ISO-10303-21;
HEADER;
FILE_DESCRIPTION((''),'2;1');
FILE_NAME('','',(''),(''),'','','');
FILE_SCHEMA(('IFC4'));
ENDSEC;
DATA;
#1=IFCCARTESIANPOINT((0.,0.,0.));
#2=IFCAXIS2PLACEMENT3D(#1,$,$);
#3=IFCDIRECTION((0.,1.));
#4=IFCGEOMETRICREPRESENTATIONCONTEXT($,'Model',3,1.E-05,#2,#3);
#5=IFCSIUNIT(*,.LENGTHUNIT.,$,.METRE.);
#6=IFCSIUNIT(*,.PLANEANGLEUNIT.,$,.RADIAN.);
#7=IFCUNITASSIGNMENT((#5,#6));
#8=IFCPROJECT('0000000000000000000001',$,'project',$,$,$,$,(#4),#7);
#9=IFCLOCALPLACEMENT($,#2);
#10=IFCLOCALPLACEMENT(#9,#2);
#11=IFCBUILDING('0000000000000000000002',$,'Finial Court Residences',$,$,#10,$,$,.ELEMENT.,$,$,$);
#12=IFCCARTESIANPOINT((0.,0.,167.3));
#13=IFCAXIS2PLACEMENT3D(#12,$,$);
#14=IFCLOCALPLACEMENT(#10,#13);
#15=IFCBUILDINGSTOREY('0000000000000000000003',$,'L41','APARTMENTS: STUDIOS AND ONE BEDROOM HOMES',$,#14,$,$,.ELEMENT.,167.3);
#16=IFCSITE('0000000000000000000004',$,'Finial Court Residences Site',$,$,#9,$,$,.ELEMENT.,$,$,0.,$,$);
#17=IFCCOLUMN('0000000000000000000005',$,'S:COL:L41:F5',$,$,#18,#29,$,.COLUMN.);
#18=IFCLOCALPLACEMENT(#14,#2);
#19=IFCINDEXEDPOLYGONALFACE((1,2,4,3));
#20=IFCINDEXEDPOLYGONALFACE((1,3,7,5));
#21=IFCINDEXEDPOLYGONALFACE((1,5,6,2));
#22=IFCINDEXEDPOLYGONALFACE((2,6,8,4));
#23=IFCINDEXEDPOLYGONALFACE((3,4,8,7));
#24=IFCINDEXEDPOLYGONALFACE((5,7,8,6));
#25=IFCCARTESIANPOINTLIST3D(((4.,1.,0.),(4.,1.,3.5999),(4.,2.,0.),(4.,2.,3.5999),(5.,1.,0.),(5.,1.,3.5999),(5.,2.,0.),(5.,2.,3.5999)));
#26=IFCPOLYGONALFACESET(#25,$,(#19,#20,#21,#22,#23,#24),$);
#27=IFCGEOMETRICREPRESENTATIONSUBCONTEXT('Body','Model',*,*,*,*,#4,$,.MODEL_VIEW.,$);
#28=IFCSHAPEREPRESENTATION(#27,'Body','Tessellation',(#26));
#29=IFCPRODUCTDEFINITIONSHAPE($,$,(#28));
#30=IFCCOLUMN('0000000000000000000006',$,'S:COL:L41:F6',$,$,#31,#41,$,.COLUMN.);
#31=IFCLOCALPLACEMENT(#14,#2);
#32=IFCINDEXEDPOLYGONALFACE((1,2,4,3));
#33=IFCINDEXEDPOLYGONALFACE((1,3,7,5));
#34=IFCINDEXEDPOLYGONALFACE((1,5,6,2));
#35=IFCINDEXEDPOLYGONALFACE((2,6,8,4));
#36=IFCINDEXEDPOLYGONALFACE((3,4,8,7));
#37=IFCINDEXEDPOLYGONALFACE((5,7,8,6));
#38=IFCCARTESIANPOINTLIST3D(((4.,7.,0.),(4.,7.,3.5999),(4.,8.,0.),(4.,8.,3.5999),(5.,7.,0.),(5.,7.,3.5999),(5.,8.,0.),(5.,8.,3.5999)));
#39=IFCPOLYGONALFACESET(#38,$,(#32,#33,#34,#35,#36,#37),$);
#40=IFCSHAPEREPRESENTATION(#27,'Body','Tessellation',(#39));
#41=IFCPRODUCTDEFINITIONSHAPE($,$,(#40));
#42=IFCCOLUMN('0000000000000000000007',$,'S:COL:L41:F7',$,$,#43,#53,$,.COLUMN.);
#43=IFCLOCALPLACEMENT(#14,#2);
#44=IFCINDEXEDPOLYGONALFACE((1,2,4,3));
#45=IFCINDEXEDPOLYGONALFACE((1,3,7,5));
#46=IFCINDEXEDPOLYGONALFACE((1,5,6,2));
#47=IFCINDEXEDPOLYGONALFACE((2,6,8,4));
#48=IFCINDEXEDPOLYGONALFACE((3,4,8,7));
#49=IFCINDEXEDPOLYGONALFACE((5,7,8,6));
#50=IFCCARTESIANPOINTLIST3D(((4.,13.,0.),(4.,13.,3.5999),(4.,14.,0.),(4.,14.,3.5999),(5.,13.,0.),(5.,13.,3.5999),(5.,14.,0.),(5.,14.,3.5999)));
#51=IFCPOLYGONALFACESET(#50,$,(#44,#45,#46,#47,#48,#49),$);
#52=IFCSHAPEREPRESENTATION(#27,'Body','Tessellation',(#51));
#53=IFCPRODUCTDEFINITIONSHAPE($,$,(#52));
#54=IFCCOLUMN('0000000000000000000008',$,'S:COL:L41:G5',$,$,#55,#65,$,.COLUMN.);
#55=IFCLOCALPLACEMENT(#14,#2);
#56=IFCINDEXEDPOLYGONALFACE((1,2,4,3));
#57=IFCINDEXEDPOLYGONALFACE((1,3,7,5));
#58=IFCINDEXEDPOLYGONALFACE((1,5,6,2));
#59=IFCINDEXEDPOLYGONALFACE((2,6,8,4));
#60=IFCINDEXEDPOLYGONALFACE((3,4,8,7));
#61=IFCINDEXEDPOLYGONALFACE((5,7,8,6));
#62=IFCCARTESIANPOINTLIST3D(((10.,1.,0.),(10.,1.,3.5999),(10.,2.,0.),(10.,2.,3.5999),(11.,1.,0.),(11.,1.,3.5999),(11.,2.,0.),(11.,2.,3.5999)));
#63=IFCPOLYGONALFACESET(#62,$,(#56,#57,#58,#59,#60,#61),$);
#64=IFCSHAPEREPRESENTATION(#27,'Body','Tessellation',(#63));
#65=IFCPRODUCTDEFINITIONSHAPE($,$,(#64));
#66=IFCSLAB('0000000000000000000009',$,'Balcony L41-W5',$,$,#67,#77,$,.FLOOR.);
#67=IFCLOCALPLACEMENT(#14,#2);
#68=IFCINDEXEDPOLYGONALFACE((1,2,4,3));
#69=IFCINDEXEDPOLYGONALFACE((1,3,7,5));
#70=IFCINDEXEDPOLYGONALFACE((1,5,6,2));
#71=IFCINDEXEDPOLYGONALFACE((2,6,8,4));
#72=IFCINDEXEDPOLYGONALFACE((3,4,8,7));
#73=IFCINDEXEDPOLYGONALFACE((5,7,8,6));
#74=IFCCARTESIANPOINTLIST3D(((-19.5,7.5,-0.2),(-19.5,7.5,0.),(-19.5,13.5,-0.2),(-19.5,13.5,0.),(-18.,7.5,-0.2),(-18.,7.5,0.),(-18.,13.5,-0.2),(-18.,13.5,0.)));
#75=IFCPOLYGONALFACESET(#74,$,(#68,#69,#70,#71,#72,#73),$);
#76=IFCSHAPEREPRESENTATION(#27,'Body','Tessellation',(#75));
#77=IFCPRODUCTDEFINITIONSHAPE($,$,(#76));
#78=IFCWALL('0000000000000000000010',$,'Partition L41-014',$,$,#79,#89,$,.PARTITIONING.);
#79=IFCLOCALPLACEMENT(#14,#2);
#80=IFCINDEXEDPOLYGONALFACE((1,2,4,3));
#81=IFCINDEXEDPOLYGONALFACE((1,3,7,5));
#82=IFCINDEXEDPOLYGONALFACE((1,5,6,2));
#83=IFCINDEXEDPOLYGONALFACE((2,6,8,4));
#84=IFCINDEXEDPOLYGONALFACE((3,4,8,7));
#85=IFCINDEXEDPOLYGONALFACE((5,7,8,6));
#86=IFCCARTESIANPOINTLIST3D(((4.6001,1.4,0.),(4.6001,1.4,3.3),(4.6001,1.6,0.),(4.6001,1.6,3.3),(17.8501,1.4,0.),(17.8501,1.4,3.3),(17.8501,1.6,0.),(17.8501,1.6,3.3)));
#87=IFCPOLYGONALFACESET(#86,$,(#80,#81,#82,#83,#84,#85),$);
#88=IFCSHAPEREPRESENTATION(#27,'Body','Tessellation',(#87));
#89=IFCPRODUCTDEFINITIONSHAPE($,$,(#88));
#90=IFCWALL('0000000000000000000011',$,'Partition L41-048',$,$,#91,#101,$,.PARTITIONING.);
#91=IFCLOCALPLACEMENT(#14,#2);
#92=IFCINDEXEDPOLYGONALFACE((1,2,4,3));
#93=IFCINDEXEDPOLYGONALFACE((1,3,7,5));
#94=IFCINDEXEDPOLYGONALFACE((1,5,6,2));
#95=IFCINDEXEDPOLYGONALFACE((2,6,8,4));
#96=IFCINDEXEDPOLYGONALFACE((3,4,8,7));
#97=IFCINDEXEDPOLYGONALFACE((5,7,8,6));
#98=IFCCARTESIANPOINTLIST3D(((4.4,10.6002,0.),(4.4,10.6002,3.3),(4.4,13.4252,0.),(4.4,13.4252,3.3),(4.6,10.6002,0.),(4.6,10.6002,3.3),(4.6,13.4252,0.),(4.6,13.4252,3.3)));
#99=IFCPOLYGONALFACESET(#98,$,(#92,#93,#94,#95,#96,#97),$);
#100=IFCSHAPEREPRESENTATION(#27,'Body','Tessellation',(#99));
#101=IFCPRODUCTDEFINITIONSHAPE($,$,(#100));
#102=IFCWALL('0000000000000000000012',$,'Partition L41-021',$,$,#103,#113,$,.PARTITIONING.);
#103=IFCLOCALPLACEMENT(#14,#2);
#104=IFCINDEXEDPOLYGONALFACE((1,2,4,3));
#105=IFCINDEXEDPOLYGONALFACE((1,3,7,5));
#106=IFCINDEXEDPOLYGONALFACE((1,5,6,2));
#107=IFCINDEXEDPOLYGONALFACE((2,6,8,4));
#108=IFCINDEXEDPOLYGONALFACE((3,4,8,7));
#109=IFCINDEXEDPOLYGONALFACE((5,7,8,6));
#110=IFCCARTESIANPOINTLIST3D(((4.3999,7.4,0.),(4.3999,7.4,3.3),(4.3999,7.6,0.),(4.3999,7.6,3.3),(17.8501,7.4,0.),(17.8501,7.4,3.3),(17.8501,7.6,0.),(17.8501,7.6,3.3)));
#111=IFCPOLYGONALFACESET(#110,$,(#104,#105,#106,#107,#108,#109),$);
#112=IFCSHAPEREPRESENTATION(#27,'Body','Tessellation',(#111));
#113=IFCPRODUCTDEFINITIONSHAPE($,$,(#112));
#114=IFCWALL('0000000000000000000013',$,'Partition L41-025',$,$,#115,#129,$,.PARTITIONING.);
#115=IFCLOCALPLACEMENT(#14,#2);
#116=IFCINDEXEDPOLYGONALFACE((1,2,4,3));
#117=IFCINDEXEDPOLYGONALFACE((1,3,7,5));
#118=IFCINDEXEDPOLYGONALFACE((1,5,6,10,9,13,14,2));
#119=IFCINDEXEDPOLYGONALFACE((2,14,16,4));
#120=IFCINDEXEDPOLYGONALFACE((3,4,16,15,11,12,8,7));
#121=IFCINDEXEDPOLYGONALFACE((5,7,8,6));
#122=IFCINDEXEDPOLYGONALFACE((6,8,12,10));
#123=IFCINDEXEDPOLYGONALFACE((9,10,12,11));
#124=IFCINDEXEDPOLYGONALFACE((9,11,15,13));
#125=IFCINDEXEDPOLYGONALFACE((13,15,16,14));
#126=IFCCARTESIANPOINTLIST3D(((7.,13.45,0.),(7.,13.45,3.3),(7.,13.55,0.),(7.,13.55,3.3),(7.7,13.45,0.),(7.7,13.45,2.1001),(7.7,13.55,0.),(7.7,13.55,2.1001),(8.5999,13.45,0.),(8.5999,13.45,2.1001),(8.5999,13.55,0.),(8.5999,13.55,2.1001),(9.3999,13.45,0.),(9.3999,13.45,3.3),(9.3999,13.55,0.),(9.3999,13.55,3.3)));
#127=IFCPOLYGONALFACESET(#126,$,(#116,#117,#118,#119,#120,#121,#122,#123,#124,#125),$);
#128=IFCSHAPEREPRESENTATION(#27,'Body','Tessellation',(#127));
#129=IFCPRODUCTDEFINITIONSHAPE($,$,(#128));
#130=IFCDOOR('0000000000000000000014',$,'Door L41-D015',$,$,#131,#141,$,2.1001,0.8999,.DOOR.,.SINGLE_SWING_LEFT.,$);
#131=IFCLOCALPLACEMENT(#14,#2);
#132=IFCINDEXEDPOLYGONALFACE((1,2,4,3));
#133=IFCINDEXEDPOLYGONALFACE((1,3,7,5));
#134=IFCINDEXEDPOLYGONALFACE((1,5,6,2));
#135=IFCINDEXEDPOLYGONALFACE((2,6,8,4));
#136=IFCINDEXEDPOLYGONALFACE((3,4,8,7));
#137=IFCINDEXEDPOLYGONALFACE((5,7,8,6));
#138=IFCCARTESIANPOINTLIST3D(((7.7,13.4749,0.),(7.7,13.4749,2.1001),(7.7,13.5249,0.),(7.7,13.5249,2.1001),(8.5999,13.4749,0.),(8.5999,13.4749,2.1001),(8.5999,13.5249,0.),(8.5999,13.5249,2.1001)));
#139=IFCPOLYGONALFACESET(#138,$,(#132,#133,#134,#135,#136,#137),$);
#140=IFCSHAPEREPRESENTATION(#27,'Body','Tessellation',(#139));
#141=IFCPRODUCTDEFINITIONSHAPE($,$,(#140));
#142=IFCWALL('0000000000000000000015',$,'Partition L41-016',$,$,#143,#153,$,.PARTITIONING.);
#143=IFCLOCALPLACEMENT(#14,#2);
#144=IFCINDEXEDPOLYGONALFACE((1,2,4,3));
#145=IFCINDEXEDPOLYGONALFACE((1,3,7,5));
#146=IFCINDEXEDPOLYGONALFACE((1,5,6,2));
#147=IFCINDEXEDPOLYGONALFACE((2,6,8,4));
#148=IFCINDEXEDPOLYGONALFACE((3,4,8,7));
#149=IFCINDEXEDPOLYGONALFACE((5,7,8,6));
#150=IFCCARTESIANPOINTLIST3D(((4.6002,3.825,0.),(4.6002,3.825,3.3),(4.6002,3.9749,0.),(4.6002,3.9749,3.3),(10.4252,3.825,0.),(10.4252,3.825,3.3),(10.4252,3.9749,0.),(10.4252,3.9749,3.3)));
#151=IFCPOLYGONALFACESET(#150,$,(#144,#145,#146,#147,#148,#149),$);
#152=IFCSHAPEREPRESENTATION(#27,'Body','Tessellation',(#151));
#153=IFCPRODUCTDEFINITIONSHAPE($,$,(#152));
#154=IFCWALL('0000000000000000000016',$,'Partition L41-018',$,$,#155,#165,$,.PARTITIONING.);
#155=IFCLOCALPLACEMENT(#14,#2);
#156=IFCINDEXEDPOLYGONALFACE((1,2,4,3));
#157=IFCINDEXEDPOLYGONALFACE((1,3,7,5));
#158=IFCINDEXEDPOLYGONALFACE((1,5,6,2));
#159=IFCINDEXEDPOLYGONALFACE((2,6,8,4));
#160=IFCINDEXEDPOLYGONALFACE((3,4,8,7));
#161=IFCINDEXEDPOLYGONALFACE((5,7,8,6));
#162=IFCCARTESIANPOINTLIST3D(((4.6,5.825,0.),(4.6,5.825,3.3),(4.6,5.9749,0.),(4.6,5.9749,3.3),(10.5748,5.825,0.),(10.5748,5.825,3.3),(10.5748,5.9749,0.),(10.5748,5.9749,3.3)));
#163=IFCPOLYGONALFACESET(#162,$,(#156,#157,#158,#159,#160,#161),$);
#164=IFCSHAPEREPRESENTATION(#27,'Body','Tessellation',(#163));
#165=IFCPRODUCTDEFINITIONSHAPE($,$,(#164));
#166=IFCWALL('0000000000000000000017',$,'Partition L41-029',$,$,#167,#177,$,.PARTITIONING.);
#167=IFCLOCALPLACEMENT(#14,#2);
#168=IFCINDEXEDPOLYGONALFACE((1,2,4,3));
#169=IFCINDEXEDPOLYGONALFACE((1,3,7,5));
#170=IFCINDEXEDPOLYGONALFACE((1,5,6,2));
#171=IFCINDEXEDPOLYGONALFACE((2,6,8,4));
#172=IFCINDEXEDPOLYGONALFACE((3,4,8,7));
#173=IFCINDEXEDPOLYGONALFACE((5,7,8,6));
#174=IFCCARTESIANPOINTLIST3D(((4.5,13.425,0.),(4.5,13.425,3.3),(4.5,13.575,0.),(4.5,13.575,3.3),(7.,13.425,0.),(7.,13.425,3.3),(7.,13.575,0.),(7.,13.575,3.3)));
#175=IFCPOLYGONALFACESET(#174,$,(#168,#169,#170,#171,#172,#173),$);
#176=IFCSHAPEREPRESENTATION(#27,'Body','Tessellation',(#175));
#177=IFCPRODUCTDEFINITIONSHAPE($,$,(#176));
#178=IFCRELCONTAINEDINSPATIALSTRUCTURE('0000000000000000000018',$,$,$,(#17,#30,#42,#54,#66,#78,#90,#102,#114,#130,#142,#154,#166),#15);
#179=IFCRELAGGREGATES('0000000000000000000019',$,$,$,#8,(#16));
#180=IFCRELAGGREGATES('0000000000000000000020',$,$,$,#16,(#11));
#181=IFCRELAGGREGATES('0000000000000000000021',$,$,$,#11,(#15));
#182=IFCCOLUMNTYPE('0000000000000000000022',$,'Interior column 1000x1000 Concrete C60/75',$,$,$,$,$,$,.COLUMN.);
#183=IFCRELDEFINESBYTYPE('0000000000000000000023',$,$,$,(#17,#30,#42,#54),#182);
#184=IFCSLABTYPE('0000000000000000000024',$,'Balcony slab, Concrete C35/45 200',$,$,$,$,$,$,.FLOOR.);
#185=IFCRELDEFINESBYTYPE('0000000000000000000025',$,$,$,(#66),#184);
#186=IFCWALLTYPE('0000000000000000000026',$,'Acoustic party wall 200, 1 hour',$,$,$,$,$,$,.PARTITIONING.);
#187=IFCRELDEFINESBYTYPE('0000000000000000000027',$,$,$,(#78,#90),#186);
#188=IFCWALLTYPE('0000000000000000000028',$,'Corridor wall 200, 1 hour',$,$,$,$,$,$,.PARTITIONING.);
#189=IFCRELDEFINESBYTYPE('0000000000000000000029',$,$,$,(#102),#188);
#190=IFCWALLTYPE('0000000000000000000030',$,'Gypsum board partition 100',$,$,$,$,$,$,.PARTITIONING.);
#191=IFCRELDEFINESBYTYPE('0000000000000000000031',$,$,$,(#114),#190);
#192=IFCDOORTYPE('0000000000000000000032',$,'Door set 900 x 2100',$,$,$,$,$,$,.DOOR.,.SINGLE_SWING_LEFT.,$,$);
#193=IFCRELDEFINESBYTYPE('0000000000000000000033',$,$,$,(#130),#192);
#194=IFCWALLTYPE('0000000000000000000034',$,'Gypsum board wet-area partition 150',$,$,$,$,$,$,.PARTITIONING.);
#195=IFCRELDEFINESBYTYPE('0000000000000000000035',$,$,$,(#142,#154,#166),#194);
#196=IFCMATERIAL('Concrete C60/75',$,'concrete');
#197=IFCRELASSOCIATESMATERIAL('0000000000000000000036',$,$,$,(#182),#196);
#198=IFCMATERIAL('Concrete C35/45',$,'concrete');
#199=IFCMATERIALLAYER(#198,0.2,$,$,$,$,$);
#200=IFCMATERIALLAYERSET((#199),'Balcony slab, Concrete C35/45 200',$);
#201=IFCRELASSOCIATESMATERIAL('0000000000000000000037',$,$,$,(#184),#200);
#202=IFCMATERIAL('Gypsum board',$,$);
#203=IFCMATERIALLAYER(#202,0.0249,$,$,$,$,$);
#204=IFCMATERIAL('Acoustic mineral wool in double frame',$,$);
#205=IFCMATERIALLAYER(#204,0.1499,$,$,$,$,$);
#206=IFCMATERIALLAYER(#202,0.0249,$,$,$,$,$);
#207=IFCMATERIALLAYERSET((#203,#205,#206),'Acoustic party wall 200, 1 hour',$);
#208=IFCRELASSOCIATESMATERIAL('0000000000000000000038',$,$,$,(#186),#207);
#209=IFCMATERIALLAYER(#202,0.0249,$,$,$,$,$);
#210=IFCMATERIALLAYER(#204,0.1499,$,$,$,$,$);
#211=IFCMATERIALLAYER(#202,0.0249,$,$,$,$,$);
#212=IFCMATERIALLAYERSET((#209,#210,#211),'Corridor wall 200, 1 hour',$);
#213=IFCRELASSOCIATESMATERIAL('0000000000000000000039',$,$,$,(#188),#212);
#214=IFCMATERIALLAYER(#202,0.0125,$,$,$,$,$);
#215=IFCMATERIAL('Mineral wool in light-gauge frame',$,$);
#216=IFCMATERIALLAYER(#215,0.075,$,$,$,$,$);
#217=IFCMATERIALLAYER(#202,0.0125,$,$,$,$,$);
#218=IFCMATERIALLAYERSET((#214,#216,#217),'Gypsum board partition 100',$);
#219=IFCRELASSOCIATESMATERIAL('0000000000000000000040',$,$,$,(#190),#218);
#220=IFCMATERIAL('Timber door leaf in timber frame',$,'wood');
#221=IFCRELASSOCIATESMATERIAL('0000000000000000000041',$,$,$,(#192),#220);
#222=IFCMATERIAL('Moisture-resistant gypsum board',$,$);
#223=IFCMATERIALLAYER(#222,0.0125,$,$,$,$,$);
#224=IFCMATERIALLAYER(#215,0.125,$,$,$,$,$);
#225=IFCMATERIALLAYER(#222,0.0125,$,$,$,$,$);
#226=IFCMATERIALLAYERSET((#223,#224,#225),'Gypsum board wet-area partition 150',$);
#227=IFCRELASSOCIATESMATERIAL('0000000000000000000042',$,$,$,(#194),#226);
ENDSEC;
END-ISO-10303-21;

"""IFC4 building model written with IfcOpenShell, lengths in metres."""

from ifc_helpers import new_model, si_unit, direction, frame, frame_2d, origin, origin_2d, place, context, subcontext, project, spatial, polyline, rectangle, outline, extrude, material, layer, layer_set, material_profile, profile_set, type_object, element, fill, save


model = new_model("IFC4")

# Units and contexts
model_context = context("Model", 3, precision=1e-05, world=origin(), true_north=direction((0.0, 1.0)))
body_context = subcontext(model_context, "Body", "Model", "MODEL_VIEW")
ifc_project = project(units=[si_unit("LENGTHUNIT", "METRE"), si_unit("PLANEANGLEUNIT", "RADIAN")], contexts=[model_context])

# Site, building, storey
site_placement = place(None, origin())
site = spatial("IfcSite", under=ifc_project, at=site_placement, Name="Finial Court Residences Site", CompositionType="ELEMENT", RefElevation=0.0)
building_placement = place(site_placement, origin())
building = spatial("IfcBuilding", under=site, at=building_placement, Name="Finial Court Residences", CompositionType="ELEMENT")
storey_placement = place(building_placement, frame((0.0, 0.0, 167.3)))
storey = spatial("IfcBuildingStorey", under=building, at=storey_placement, Name="L41", Description="APARTMENTS: STUDIOS AND ONE BEDROOM HOMES", CompositionType="ELEMENT", Elevation=167.3)

# Columns
ifc_material_1 = material(Name="Concrete C60/75", Category="concrete")
ifc_material_profile = material_profile(ifc_material_1, rectangle(XDim=1.0, YDim=1.0, at=origin_2d()), Name="1000x1000")
ifc_profile_set = profile_set([ifc_material_profile], Name="Concrete C60/75")
column_type = type_object("IfcColumnType", Name="Interior column 1000x1000 Concrete C60/75", PredefinedType="COLUMN", material=ifc_profile_set)
for number, where, z_axis, x_axis, name in (
    (1, (4.5, 1.5, 0.0), (0.0, 0.0, 1.0), (1.0, 0.0, 0.0), "S:COL:L41:F5"),
    (2, (4.5, 7.5, 0.0), (0.0, 0.0, 1.0), (1.0, 0.0, 0.0), "S:COL:L41:F6"),
    (3, (4.5, 13.5, 0.0), (0.0, 0.0, 1.0), (1.0, 0.0, 0.0), "S:COL:L41:F7"),
    (4, (10.5, 1.5, 0.0), (0.0, 0.0, 1.0), (1.0, 0.0, 0.0), "S:COL:L41:G5"),
):
    element("IfcColumn", number, at=place(storey_placement, frame(where, z_axis=z_axis, x_axis=x_axis)), inside=storey, type_object=column_type, Name=name, PredefinedType="COLUMN", context=body_context, shape_type="SweptSolid", body=[
        extrude(rectangle(XDim=1.0, YDim=1.0, at=origin_2d()), origin(), (0.0, 0.0, 1.0), 3.5999),
    ])

# Slab
ifc_material_2 = material(Name="Concrete C35/45", Category="concrete")
ifc_layer_1 = layer(ifc_material_2, 0.2)
ifc_layer_set_1 = layer_set([ifc_layer_1], Name="Balcony slab, Concrete C35/45 200")
slab_type = type_object("IfcSlabType", Name="Balcony slab, Concrete C35/45 200", PredefinedType="FLOOR", material=ifc_layer_set_1)
slab_placement = place(storey_placement, frame((0.0, 0.0, -0.2)))
element("IfcSlab", 5, at=slab_placement, inside=storey, type_object=slab_type, Name="Balcony L41-W5", PredefinedType="FLOOR", context=body_context, shape_type="SweptSolid", body=[
    extrude(outline(polyline([(-18.0, 7.5), (-18.0, 13.5), (-19.5, 13.5), (-19.5, 7.5), (-18.0, 7.5)])), origin(), (0.0, 0.0, 1.0), 0.2),
])

# Walls
ifc_material_3 = material(Name="Gypsum board")
ifc_layer_2 = layer(ifc_material_3, 0.0249)
ifc_material_4 = material(Name="Acoustic mineral wool in double frame")
ifc_layer_3 = layer(ifc_material_4, 0.1499)
ifc_layer_4 = layer(ifc_material_3, 0.0249)
ifc_layer_set_2 = layer_set([ifc_layer_2, ifc_layer_3, ifc_layer_4], Name="Acoustic party wall 200, 1 hour")
wall_type_1 = type_object("IfcWallType", Name="Acoustic party wall 200, 1 hour", PredefinedType="PARTITIONING", material=ifc_layer_set_2)
wall_1_placement = place(storey_placement, frame((4.6001, 1.5, 0.0), z_axis=(0.0, 0.0, 1.0), x_axis=(1.0, 0.0, 0.0)))
element("IfcWall", 6, at=wall_1_placement, inside=storey, type_object=wall_type_1, Name="Partition L41-014", PredefinedType="PARTITIONING", context=body_context, shape_type="SweptSolid", body=[
    extrude(rectangle(XDim=13.25, YDim=0.2, at=frame_2d((6.625, 0.0))), origin(), (0.0, 0.0, 1.0), 3.3),
])
wall_2_placement = place(storey_placement, frame((4.5, 10.6001, 0.0), z_axis=(0.0, 0.0, 1.0), x_axis=(0.0, 1.0, 0.0)))
element("IfcWall", 7, at=wall_2_placement, inside=storey, type_object=wall_type_1, Name="Partition L41-048", PredefinedType="PARTITIONING", context=body_context, shape_type="SweptSolid", body=[
    extrude(rectangle(XDim=2.825, YDim=0.2, at=frame_2d((1.4126, 0.0))), origin(), (0.0, 0.0, 1.0), 3.3),
])
ifc_layer_5 = layer(ifc_material_3, 0.0249)
ifc_layer_6 = layer(ifc_material_4, 0.1499)
ifc_layer_7 = layer(ifc_material_3, 0.0249)
ifc_layer_set_3 = layer_set([ifc_layer_5, ifc_layer_6, ifc_layer_7], Name="Corridor wall 200, 1 hour")
wall_type_2 = type_object("IfcWallType", Name="Corridor wall 200, 1 hour", PredefinedType="PARTITIONING", material=ifc_layer_set_3)
wall_3_placement = place(storey_placement, frame((4.3999, 7.5, 0.0), z_axis=(0.0, 0.0, 1.0), x_axis=(1.0, 0.0, 0.0)))
element("IfcWall", 8, at=wall_3_placement, inside=storey, type_object=wall_type_2, Name="Partition L41-021", PredefinedType="PARTITIONING", context=body_context, shape_type="SweptSolid", body=[
    extrude(rectangle(XDim=13.4502, YDim=0.2, at=frame_2d((6.7251, 0.0))), origin(), (0.0, 0.0, 1.0), 3.3),
])

# Wall, opening, door
ifc_layer_8 = layer(ifc_material_3, 0.0125)
ifc_material_5 = material(Name="Mineral wool in light-gauge frame")
ifc_layer_9 = layer(ifc_material_5, 0.075)
ifc_layer_10 = layer(ifc_material_3, 0.0125)
ifc_layer_set_4 = layer_set([ifc_layer_8, ifc_layer_9, ifc_layer_10], Name="Gypsum board partition 100")
wall_type_3 = type_object("IfcWallType", Name="Gypsum board partition 100", PredefinedType="PARTITIONING", material=ifc_layer_set_4)
wall_4_placement = place(storey_placement, frame((7.0, 13.5, 0.0), z_axis=(0.0, 0.0, 1.0), x_axis=(1.0, 0.0, 0.0)))
wall_4 = element("IfcWall", 9, at=wall_4_placement, inside=storey, type_object=wall_type_3, Name="Partition L41-025", PredefinedType="PARTITIONING", context=body_context, shape_type="SweptSolid", body=[
    extrude(rectangle(XDim=2.3999, YDim=0.1001, at=frame_2d((1.2, 0.0))), origin(), (0.0, 0.0, 1.0), 3.3),
])
opening_1_placement = place(wall_4_placement, frame((0.7, 0.0, 0.0)))
opening_1 = element("IfcOpeningElement", 10, at=opening_1_placement, cuts=wall_4, PredefinedType="OPENING", context=body_context, shape_type="SweptSolid", body=[
    extrude(rectangle(XDim=0.8999, YDim=2.1001, at=frame_2d((0.45, 1.05))), frame((0.0, 0.0601, 0.0), z_axis=(0.0, -1.0, 0.0), x_axis=(1.0, 0.0, 0.0)), (0.0, 0.0, 1.0), 0.1201),
])
ifc_material_6 = material(Name="Timber door leaf in timber frame", Category="wood")
door_type = type_object("IfcDoorType", Name="Door set 900 x 2100", OperationType="SINGLE_SWING_LEFT", PredefinedType="DOOR", material=ifc_material_6)
door_1_placement = place(opening_1_placement, origin())
door_1 = element("IfcDoor", 11, at=door_1_placement, inside=storey, type_object=door_type, Name="Door L41-D015", OperationType="SINGLE_SWING_LEFT", OverallHeight=2.1001, OverallWidth=0.8999, PredefinedType="DOOR", context=body_context, shape_type="SweptSolid", body=[
    extrude(rectangle(XDim=0.8999, YDim=2.1001, at=frame_2d((0.45, 1.05))), frame((0.0, 0.0249, 0.0), z_axis=(0.0, -1.0, 0.0), x_axis=(1.0, 0.0, 0.0)), (0.0, 0.0, 1.0), 0.05),
])
fill(opening_1, door_1)

# Walls
ifc_material_7 = material(Name="Moisture-resistant gypsum board")
ifc_layer_11 = layer(ifc_material_7, 0.0125)
ifc_layer_12 = layer(ifc_material_5, 0.125)
ifc_layer_13 = layer(ifc_material_7, 0.0125)
ifc_layer_set_5 = layer_set([ifc_layer_11, ifc_layer_12, ifc_layer_13], Name="Gypsum board wet-area partition 150")
wall_type_4 = type_object("IfcWallType", Name="Gypsum board wet-area partition 150", PredefinedType="PARTITIONING", material=ifc_layer_set_5)
wall_5_placement = place(storey_placement, frame((4.6001, 3.8999, 0.0), z_axis=(0.0, 0.0, 1.0), x_axis=(1.0, 0.0, 0.0)))
element("IfcWall", 12, at=wall_5_placement, inside=storey, type_object=wall_type_4, Name="Partition L41-016", PredefinedType="PARTITIONING", context=body_context, shape_type="SweptSolid", body=[
    extrude(rectangle(XDim=5.825, YDim=0.1499, at=frame_2d((2.9126, 0.0))), origin(), (0.0, 0.0, 1.0), 3.3),
])
wall_6_placement = place(storey_placement, frame((4.6001, 5.8999, 0.0), z_axis=(0.0, 0.0, 1.0), x_axis=(1.0, 0.0, 0.0)))
element("IfcWall", 13, at=wall_6_placement, inside=storey, type_object=wall_type_4, Name="Partition L41-018", PredefinedType="PARTITIONING", context=body_context, shape_type="SweptSolid", body=[
    extrude(rectangle(XDim=5.9749, YDim=0.1499, at=frame_2d((2.9873, 0.0))), origin(), (0.0, 0.0, 1.0), 3.3),
])
wall_7_placement = place(storey_placement, frame((4.5, 13.5, 0.0), z_axis=(0.0, 0.0, 1.0), x_axis=(1.0, 0.0, 0.0)))
element("IfcWall", 14, at=wall_7_placement, inside=storey, type_object=wall_type_4, Name="Partition L41-029", PredefinedType="PARTITIONING", context=body_context, shape_type="SweptSolid", body=[
    extrude(rectangle(XDim=2.5, YDim=0.1499, at=frame_2d((1.25, 0.0))), origin(), (0.0, 0.0, 1.0), 3.3),
])

save(model, "model.ifc")
